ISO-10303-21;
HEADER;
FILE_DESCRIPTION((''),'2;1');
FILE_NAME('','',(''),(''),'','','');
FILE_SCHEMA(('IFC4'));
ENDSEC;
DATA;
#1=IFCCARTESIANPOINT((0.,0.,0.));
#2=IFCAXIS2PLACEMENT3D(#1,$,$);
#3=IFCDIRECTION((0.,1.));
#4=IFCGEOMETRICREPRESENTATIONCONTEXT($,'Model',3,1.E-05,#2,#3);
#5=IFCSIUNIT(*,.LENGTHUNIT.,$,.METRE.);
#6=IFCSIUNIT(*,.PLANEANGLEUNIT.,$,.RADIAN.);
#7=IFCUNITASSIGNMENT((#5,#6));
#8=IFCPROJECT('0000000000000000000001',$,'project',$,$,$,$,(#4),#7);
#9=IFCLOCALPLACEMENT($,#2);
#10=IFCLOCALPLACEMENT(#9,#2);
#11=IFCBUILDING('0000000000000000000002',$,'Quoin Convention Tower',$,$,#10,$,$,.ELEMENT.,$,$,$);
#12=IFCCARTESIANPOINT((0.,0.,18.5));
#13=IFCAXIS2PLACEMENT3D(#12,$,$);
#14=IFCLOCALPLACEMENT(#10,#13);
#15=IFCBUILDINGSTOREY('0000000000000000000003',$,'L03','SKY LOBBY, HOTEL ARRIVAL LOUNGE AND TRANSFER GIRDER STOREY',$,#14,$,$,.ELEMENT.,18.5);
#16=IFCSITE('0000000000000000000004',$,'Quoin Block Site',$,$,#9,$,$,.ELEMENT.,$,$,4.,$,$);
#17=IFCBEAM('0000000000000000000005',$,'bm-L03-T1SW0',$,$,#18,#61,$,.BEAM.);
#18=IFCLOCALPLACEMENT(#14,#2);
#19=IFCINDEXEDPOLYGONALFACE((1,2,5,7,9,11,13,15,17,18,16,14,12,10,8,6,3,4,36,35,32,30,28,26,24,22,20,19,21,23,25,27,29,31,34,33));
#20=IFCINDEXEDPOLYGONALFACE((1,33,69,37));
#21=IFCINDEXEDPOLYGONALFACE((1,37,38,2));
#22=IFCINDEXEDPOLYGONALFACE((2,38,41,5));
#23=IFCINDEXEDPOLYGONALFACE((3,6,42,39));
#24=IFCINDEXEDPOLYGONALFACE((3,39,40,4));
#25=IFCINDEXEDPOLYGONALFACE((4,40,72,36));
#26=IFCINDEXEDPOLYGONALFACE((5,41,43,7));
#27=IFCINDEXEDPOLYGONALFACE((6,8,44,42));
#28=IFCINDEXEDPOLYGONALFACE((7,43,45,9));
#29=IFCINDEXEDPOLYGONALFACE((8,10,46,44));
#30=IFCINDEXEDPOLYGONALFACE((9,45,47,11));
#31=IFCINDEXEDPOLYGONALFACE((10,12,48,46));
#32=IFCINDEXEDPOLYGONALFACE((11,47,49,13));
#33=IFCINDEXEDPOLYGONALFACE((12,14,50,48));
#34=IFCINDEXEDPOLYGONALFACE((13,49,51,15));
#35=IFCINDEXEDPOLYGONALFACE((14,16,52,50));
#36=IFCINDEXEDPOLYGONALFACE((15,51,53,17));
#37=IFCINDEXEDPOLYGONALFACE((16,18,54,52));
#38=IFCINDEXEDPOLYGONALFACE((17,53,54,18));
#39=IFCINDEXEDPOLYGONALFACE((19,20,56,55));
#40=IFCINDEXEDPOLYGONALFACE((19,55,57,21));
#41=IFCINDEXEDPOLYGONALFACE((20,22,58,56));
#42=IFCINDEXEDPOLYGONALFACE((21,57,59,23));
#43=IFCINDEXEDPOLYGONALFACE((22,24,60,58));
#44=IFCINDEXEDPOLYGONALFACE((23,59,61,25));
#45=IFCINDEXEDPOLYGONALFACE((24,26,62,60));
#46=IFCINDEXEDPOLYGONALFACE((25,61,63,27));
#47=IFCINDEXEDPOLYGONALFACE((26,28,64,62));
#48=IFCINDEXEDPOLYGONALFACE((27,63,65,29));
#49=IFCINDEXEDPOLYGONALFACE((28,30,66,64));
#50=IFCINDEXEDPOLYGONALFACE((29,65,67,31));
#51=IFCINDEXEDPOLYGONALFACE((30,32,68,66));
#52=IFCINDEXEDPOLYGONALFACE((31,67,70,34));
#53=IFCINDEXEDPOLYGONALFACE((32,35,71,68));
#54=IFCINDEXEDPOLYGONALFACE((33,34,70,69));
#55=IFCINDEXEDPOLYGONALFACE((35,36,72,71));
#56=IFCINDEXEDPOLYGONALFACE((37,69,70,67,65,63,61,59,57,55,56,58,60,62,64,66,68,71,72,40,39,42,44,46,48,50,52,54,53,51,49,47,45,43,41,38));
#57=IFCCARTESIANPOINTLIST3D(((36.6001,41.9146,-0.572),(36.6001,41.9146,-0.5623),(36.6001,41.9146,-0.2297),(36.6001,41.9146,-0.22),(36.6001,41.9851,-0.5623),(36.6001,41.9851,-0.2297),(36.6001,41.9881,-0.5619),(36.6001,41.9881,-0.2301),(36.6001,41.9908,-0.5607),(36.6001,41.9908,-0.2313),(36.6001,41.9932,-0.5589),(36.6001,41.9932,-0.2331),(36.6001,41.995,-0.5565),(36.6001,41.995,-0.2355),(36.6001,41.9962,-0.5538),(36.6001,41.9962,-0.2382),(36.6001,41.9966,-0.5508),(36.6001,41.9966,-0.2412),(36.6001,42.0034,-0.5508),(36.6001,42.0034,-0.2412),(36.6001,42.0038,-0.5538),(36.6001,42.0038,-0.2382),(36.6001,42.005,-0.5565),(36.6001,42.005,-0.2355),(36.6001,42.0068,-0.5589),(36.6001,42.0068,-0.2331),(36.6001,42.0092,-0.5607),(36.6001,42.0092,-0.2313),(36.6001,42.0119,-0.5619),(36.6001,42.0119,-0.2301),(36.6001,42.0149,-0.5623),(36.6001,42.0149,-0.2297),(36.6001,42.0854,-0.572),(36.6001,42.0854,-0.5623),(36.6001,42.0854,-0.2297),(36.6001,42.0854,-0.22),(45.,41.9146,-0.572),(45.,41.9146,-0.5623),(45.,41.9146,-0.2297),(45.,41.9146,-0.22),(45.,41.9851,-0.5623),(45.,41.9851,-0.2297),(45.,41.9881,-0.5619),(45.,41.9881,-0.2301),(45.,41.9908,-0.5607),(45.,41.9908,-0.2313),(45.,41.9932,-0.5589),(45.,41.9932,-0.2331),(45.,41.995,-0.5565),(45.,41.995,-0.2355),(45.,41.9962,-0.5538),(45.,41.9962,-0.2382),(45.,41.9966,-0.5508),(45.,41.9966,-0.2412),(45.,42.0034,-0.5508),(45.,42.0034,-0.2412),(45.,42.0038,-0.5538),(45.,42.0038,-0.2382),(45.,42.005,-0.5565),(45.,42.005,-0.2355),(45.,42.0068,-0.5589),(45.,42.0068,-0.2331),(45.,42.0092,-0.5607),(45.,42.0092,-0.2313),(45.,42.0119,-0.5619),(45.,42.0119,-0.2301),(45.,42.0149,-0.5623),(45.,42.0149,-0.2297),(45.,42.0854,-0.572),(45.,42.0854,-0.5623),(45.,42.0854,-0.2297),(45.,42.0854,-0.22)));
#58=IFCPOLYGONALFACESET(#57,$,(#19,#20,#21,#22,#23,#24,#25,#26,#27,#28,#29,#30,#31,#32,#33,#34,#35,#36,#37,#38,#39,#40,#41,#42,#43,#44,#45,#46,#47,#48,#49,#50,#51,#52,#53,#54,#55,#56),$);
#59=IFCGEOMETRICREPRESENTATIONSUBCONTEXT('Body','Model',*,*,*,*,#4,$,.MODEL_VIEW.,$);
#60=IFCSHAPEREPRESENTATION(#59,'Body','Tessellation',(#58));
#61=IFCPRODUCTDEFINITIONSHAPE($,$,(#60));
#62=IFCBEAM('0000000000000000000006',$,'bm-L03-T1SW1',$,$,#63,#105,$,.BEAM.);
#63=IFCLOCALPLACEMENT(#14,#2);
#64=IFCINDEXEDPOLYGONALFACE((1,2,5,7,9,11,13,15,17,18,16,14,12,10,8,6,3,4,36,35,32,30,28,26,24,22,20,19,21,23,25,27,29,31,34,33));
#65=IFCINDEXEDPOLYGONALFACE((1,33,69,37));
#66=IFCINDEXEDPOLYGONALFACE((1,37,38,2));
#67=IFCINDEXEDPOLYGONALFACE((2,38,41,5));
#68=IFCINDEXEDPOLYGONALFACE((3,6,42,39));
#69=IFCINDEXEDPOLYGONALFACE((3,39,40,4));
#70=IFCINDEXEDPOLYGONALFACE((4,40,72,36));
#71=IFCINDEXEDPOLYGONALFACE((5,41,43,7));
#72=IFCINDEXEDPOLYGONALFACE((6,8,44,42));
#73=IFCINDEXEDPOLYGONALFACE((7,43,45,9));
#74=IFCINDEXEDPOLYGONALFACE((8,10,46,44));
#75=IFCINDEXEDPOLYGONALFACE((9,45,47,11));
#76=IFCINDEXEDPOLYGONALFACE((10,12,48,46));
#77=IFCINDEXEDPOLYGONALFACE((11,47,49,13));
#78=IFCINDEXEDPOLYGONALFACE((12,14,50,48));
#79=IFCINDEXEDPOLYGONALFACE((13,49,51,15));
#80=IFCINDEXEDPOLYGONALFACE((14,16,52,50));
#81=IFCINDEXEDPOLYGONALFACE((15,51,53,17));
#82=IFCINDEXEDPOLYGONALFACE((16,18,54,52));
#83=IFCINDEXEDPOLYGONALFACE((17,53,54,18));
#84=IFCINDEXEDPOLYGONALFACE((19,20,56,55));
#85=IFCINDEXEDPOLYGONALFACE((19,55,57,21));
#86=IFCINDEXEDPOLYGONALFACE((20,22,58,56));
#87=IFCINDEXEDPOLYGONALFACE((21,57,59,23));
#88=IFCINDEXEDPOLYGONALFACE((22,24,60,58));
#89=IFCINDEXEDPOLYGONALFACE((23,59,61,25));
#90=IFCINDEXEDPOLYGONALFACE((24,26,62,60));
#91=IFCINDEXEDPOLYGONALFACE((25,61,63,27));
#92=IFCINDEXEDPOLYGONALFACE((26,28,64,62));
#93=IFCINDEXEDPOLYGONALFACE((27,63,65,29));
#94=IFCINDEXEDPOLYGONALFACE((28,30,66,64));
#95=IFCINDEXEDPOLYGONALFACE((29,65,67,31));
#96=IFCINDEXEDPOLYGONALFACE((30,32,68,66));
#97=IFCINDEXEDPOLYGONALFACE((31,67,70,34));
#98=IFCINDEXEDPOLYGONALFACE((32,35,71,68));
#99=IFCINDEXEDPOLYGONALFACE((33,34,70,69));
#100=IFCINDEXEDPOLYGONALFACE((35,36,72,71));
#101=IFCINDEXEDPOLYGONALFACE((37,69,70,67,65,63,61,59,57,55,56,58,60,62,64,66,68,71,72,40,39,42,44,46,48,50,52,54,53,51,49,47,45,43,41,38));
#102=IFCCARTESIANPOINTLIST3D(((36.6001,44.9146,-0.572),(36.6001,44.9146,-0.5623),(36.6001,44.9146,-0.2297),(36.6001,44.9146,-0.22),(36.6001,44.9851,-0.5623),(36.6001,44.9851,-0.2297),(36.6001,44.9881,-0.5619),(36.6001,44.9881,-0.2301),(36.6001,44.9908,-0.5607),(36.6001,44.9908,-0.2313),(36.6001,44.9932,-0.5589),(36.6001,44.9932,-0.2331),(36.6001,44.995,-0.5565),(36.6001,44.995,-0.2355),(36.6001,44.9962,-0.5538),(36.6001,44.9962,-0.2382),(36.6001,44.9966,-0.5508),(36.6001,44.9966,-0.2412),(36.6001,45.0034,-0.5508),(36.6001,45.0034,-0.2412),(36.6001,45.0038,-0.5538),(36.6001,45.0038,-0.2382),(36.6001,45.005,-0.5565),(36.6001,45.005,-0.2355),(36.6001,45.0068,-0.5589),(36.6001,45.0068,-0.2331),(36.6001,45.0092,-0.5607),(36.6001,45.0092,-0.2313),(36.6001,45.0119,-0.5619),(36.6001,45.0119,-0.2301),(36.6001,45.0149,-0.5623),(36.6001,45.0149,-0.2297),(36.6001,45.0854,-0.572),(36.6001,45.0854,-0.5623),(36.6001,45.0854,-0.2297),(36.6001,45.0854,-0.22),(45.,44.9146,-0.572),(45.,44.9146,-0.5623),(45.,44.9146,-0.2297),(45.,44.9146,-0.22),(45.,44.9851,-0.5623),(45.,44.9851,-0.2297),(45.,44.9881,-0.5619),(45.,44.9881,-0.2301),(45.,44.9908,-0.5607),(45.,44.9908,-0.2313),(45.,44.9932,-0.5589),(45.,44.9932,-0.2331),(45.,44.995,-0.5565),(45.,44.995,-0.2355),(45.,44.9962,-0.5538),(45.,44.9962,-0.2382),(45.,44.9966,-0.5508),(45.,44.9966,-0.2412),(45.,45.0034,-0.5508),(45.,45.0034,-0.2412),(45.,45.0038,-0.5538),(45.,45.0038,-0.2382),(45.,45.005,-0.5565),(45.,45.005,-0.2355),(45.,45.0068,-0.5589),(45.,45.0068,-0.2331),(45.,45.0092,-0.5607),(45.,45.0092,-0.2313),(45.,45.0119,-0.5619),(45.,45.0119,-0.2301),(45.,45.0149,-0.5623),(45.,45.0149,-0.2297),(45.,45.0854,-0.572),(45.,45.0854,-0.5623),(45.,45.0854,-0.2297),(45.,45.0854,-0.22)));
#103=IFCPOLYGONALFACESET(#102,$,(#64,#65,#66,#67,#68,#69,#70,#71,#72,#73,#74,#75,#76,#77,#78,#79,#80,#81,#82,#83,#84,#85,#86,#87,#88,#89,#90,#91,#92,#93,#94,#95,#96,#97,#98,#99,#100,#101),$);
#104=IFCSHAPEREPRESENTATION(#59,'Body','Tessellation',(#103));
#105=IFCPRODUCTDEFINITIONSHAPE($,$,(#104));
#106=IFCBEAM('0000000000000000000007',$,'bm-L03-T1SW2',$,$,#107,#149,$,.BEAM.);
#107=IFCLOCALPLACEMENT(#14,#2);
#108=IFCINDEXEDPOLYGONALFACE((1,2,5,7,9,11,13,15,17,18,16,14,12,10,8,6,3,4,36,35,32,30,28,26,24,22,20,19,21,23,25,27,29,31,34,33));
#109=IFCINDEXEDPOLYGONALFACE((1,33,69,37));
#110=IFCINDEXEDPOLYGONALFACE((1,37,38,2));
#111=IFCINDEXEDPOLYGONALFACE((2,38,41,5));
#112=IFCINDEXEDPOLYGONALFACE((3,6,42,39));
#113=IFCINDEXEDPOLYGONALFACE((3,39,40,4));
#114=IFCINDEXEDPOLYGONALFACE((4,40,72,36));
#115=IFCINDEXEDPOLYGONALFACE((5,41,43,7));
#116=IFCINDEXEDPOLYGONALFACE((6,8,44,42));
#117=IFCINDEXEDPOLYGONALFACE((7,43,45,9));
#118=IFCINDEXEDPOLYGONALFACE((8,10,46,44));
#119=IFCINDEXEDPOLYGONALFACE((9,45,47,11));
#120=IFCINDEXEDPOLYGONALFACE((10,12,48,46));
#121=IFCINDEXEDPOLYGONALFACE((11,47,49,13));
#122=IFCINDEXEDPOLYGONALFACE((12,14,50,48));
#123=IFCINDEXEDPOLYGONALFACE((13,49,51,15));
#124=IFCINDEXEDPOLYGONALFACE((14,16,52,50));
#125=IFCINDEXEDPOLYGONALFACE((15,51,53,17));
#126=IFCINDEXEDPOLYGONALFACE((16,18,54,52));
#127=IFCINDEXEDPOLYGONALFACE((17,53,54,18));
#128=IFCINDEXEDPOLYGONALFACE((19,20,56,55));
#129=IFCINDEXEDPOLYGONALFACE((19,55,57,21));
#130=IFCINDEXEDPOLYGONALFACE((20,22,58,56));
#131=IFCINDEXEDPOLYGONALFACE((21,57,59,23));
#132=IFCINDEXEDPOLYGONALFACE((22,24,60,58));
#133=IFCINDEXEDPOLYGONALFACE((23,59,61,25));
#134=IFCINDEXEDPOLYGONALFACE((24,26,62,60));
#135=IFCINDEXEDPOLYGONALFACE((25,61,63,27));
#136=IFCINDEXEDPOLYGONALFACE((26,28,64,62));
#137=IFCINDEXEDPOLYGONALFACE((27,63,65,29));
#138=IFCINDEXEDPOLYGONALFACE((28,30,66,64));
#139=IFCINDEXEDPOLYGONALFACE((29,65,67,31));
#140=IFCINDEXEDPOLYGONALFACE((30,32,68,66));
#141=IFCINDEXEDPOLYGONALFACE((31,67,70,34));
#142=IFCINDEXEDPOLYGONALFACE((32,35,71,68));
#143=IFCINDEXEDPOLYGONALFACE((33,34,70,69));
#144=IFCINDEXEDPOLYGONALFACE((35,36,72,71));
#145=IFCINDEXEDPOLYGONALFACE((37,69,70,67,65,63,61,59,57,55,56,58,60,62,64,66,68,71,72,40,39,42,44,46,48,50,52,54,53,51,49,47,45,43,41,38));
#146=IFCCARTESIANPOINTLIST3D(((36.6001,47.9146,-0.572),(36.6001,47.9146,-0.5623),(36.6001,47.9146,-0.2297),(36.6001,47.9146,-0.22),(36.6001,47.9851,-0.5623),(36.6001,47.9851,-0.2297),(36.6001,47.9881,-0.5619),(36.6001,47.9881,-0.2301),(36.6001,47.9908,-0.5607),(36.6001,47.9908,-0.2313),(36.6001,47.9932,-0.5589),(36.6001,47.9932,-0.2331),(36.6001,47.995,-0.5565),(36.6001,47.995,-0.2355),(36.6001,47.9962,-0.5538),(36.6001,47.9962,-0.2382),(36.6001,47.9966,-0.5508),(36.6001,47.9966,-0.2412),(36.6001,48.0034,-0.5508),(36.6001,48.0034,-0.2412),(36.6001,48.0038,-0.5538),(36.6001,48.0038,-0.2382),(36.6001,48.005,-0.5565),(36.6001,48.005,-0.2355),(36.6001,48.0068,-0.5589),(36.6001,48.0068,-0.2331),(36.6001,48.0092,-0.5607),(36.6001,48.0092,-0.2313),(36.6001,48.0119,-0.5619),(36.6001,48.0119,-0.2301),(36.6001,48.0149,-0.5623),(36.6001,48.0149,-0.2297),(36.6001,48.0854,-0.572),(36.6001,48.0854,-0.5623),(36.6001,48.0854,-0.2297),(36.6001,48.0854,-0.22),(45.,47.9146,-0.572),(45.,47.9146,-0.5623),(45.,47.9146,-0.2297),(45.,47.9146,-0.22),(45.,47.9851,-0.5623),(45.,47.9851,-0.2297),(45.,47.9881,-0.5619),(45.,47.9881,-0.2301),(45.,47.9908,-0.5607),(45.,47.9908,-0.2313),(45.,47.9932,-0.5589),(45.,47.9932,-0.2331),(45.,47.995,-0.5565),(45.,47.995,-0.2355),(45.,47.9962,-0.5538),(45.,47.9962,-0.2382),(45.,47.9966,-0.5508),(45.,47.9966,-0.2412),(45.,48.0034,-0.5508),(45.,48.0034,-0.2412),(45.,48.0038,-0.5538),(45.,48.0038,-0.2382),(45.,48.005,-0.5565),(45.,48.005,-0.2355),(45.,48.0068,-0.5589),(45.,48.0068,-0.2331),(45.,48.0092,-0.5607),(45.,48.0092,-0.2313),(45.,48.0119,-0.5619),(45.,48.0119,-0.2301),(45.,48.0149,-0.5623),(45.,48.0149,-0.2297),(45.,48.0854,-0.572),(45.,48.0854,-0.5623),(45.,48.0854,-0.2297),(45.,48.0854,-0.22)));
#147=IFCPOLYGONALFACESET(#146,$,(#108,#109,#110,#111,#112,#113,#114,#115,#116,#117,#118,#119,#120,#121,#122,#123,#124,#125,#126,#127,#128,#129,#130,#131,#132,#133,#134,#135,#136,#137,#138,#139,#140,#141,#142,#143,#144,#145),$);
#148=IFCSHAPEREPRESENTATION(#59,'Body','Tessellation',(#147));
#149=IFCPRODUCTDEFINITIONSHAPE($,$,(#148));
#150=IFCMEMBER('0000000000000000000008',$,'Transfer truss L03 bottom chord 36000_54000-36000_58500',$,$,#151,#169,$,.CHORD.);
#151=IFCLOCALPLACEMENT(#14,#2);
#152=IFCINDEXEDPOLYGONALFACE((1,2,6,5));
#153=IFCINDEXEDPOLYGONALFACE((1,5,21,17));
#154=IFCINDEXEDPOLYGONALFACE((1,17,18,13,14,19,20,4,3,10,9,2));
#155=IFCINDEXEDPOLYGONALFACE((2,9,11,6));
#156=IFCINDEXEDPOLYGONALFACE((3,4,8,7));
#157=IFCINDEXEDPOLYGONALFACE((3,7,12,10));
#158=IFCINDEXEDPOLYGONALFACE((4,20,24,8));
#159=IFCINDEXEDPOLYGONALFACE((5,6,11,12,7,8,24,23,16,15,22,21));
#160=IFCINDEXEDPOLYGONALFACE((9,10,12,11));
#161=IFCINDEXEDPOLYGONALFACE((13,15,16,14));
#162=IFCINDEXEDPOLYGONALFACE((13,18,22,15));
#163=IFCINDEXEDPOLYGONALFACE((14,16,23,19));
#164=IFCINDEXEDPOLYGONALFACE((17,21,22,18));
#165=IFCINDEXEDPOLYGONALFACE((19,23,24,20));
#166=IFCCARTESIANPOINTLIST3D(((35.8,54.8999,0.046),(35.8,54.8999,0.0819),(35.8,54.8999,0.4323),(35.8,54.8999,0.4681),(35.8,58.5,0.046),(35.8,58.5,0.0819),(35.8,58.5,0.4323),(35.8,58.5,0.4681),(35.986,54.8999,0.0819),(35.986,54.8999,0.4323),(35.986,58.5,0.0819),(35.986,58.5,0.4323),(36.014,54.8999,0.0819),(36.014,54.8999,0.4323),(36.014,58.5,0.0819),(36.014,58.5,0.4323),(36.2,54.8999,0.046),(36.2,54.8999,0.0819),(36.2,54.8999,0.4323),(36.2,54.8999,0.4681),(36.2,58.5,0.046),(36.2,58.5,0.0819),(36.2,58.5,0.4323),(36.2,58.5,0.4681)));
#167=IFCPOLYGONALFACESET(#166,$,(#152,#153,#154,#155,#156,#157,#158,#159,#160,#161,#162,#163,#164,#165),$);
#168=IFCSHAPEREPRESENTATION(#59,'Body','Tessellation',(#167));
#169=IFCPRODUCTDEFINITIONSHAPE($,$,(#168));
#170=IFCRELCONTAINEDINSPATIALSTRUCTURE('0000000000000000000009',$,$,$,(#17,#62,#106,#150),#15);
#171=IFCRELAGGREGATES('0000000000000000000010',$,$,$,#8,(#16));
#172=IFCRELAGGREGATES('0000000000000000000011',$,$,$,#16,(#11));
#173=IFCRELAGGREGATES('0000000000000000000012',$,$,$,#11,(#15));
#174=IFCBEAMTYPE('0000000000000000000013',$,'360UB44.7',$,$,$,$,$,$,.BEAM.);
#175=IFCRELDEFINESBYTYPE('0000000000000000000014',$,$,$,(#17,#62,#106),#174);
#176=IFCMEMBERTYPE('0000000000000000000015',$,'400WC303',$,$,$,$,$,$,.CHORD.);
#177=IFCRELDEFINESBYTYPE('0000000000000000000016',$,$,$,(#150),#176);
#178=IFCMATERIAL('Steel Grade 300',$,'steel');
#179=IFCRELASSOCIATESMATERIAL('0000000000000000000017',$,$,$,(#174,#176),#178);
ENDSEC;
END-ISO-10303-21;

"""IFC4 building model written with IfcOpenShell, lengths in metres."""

from ifc_helpers import new_model, si_unit, direction, frame, origin, origin_2d, place, context, subcontext, project, spatial, i_section, extrude, material, material_profile, profile_set, type_object, element, save


model = new_model("IFC4")

# Units and contexts
model_context = context("Model", 3, precision=1e-05, world=origin(), true_north=direction((0.0, 1.0)))
body_context = subcontext(model_context, "Body", "Model", "MODEL_VIEW")
ifc_project = project(units=[si_unit("LENGTHUNIT", "METRE"), si_unit("PLANEANGLEUNIT", "RADIAN")], contexts=[model_context])

# Site, building, storey
site_placement = place(None, origin())
site = spatial("IfcSite", under=ifc_project, at=site_placement, Name="Quoin Block Site", CompositionType="ELEMENT", RefElevation=4.0)
building_placement = place(site_placement, origin())
building = spatial("IfcBuilding", under=site, at=building_placement, Name="Quoin Convention Tower", CompositionType="ELEMENT")
storey_placement = place(building_placement, frame((0.0, 0.0, 18.5)))
storey = spatial("IfcBuildingStorey", under=building, at=storey_placement, Name="L03", Description="SKY LOBBY, HOTEL ARRIVAL LOUNGE AND TRANSFER GIRDER STOREY", CompositionType="ELEMENT", Elevation=18.5)

# Beams
ifc_material_1 = material(Name="Steel Grade 300", Category="steel")
ifc_material_profile_1 = material_profile(ifc_material_1, i_section(OverallWidth=0.1709, OverallDepth=0.3521, WebThickness=0.0068, FlangeThickness=0.0098, FilletRadius=0.0115, at=origin_2d()), Name="360UB44.7")
ifc_profile_set_1 = profile_set([ifc_material_profile_1], Name="Steel Grade 300")
beam_type_1 = type_object("IfcBeamType", Name="360UB44.7", PredefinedType="BEAM", material=ifc_profile_set_1)
for number, where, z_axis, x_axis, name in (
    (1, (36.6001, 42.0, -0.396), (1.0, 0.0, 0.0), (0.0, 1.0, 0.0), "bm-L03-T1SW0"),
    (2, (36.6001, 45.0, -0.396), (1.0, 0.0, 0.0), (0.0, 1.0, 0.0), "bm-L03-T1SW1"),
    (3, (36.6001, 48.0, -0.396), (1.0, 0.0, 0.0), (0.0, 1.0, 0.0), "bm-L03-T1SW2"),
):
    element("IfcBeam", number, at=place(storey_placement, frame(where, z_axis=z_axis, x_axis=x_axis)), inside=storey, type_object=beam_type_1, Name=name, PredefinedType="BEAM", context=body_context, shape_type="SweptSolid", body=[
        extrude(i_section(OverallWidth=0.1709, OverallDepth=0.3521, WebThickness=0.0068, FlangeThickness=0.0098, FilletRadius=0.0115, at=origin_2d()), origin(), (0.0, 0.0, 1.0), 8.3999),
    ])

# Member
ifc_material_profile_2 = material_profile(ifc_material_1, i_section(OverallWidth=0.3999, OverallDepth=0.4221, WebThickness=0.0281, FlangeThickness=0.0359, at=origin_2d()), Name="400WC303")
ifc_profile_set_2 = profile_set([ifc_material_profile_2], Name="Steel Grade 300")
member_type_1 = type_object("IfcMemberType", Name="400WC303", PredefinedType="CHORD", material=ifc_profile_set_2)
member_1_placement = place(storey_placement, frame((36.0, 54.8999, 0.2571), z_axis=(0.0, 1.0, 0.0), x_axis=(-1.0, 0.0, 0.0)))
element("IfcMember", 4, at=member_1_placement, inside=storey, type_object=member_type_1, Name="Transfer truss L03 bottom chord 36000_54000-36000_58500", PredefinedType="CHORD", context=body_context, shape_type="SweptSolid", body=[
    extrude(i_section(OverallWidth=0.3999, OverallDepth=0.4221, WebThickness=0.0281, FlangeThickness=0.0359, at=origin_2d()), origin(), (0.0, 0.0, 1.0), 3.6001),
])

save(model, "model.ifc")
